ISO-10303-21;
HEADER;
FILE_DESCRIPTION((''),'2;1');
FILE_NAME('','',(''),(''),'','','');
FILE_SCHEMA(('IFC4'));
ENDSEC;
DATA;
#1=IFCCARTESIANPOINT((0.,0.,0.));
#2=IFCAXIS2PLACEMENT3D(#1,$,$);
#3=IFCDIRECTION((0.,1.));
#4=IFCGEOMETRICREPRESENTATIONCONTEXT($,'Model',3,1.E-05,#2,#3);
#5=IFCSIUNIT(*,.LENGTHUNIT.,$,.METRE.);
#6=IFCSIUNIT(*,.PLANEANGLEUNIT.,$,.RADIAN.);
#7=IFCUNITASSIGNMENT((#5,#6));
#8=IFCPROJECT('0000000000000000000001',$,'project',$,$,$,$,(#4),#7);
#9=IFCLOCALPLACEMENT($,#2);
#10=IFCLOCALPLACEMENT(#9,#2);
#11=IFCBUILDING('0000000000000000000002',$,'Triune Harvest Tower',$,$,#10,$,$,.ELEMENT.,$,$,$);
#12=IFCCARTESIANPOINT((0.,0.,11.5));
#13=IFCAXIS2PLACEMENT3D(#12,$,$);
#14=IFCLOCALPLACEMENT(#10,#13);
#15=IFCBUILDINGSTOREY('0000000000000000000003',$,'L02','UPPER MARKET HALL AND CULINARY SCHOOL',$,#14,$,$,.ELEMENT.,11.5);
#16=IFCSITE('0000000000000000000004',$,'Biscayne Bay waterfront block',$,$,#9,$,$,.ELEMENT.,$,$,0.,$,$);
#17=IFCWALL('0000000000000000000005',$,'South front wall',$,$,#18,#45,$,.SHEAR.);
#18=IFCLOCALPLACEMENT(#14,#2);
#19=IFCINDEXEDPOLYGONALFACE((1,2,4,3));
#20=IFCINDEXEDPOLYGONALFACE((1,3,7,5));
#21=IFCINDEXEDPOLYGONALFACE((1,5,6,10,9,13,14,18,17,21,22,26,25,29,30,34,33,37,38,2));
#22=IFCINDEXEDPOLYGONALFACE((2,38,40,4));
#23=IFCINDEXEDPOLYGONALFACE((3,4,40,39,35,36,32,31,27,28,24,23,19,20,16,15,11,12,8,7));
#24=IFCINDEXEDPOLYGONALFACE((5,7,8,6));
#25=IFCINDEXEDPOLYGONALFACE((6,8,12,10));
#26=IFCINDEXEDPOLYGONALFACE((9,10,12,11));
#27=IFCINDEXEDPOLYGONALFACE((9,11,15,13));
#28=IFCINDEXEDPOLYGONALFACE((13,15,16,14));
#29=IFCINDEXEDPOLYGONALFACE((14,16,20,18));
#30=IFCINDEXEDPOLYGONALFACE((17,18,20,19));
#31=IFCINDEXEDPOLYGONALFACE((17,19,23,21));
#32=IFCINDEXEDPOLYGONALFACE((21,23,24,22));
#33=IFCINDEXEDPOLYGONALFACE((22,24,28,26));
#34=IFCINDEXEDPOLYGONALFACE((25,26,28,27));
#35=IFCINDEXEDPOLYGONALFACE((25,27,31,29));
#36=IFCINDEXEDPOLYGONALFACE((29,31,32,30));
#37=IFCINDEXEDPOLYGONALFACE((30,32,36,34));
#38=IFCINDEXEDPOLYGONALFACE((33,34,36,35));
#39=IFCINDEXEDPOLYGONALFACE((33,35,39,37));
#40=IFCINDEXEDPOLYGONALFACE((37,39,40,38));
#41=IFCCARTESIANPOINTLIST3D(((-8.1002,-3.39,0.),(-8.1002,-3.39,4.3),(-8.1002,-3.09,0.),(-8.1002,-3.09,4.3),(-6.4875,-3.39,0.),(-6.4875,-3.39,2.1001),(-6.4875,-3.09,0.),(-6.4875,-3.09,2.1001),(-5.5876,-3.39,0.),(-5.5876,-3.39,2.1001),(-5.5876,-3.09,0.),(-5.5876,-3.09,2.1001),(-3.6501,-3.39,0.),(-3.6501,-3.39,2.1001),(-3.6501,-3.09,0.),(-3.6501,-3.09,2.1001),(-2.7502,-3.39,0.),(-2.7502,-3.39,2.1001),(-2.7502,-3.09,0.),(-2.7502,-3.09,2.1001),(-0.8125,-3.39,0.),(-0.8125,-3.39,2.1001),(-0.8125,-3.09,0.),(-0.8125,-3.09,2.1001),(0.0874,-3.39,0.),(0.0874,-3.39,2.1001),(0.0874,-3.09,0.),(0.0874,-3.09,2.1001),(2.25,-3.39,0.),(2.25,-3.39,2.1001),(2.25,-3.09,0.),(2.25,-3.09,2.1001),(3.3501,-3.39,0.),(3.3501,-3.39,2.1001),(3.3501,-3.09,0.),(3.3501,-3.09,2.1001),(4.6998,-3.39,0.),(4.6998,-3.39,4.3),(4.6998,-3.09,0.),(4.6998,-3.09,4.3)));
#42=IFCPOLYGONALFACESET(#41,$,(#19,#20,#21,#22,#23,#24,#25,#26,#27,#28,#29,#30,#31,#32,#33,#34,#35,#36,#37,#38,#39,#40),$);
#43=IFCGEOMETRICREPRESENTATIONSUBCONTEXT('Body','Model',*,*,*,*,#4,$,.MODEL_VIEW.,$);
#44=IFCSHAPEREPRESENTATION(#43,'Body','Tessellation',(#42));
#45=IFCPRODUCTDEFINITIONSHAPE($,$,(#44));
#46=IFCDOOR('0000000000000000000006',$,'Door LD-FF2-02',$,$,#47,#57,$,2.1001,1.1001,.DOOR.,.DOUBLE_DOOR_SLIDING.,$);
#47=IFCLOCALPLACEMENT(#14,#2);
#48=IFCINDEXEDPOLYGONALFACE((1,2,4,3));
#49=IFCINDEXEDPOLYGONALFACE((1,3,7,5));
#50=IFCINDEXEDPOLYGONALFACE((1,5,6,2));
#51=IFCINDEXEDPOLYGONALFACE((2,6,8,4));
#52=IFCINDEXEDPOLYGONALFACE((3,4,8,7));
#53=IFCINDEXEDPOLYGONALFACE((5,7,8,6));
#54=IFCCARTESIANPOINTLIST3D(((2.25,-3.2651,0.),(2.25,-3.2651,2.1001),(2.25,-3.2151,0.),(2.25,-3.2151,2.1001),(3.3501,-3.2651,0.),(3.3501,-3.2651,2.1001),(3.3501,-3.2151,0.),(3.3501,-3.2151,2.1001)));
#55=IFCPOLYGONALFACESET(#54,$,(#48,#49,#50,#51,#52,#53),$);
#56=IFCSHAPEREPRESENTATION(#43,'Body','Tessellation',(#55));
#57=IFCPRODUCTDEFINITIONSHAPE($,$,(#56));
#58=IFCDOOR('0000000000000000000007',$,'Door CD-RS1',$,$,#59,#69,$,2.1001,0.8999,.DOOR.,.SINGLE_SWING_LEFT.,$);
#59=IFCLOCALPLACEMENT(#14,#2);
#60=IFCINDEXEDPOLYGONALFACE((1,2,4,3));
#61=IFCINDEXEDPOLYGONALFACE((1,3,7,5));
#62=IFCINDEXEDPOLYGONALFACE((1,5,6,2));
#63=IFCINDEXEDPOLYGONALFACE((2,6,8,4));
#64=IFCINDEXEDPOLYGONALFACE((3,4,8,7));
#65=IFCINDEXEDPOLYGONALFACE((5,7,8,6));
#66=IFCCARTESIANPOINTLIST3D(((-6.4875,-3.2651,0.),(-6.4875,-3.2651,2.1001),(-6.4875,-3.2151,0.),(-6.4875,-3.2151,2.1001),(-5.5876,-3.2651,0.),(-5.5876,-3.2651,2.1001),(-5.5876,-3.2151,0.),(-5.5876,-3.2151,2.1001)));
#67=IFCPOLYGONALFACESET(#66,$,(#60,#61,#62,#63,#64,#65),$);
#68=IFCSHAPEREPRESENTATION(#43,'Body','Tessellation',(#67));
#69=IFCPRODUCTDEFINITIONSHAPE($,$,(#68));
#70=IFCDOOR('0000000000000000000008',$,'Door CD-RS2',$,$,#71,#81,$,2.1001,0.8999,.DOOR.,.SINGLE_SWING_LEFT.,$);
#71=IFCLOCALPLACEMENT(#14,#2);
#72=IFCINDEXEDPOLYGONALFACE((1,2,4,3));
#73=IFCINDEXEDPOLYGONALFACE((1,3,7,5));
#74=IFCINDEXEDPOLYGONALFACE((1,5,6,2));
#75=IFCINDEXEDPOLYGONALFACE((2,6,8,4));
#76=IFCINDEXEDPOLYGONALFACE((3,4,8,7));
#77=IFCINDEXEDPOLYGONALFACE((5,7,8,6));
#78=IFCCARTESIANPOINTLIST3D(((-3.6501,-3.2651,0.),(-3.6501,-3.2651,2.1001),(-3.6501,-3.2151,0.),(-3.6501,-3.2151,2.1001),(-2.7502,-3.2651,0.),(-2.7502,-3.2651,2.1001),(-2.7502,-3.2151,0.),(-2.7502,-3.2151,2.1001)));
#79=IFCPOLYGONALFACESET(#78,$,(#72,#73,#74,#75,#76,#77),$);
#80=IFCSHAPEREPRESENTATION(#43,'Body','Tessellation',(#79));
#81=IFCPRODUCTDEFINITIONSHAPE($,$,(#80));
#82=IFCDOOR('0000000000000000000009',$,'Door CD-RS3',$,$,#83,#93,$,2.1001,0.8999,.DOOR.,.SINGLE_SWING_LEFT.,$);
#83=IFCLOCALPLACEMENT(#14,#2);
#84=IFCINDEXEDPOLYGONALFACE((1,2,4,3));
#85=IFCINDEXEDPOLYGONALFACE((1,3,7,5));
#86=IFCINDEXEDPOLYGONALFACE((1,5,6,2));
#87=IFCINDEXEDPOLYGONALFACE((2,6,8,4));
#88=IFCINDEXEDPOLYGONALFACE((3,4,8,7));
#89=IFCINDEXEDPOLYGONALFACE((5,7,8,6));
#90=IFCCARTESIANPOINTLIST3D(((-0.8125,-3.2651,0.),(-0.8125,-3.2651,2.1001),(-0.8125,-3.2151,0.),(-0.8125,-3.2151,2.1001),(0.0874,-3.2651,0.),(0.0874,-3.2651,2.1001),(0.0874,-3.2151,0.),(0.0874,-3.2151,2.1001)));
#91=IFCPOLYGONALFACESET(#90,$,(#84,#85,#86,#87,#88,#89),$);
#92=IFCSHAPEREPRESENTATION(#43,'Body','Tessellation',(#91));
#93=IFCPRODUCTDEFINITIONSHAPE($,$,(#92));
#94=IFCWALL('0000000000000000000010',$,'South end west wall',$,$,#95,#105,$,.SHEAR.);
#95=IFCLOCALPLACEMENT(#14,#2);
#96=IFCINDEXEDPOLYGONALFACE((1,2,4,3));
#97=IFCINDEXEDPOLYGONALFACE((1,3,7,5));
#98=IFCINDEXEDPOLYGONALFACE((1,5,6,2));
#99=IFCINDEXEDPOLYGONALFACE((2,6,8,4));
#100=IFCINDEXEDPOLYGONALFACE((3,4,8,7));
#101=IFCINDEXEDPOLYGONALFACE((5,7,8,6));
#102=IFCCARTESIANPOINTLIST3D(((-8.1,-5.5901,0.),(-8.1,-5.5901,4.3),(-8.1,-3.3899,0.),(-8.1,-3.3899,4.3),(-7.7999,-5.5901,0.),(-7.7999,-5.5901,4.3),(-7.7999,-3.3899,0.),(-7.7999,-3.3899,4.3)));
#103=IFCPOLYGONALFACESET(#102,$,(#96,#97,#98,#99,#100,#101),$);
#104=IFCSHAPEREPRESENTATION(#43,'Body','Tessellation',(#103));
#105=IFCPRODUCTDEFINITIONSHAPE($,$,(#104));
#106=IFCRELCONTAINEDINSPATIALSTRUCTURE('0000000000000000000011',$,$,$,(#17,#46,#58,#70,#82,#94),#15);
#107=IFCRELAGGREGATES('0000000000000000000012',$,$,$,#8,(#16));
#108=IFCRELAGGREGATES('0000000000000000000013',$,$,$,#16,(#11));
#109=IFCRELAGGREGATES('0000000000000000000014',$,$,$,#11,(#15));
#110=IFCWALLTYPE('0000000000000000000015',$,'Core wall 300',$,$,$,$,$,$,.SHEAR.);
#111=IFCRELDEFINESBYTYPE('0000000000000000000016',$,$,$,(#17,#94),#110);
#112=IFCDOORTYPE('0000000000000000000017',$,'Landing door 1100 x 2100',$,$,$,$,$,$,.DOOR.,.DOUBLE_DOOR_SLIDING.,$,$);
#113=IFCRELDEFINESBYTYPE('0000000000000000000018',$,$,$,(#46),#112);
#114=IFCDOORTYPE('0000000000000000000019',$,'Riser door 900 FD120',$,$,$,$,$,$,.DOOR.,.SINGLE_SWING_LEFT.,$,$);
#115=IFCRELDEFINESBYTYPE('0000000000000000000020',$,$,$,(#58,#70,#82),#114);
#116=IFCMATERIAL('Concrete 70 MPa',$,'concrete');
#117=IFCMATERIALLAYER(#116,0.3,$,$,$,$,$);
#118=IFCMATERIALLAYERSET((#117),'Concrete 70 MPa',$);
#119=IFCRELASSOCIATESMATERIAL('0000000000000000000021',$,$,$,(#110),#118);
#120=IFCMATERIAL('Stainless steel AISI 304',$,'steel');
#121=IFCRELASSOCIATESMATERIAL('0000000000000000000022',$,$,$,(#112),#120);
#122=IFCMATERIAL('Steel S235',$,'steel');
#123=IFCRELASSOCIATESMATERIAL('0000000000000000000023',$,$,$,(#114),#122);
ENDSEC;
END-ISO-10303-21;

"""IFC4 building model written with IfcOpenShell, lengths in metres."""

from ifc_helpers import new_model, si_unit, direction, frame, frame_2d, origin, place, context, subcontext, project, spatial, rectangle, extrude, source, transform, mapped, material, layer, layer_set, type_object, element, fill, save


model = new_model("IFC4")

# Units and contexts
model_context = context("Model", 3, precision=1e-05, world=origin(), true_north=direction((0.0, 1.0)))
body_context = subcontext(model_context, "Body", "Model", "MODEL_VIEW")
ifc_project = project(units=[si_unit("LENGTHUNIT", "METRE"), si_unit("PLANEANGLEUNIT", "RADIAN")], contexts=[model_context])

# Site, building, storey
site_placement = place(None, origin())
site = spatial("IfcSite", under=ifc_project, at=site_placement, Name="Biscayne Bay waterfront block", CompositionType="ELEMENT", RefElevation=0.0)
building_placement = place(site_placement, origin())
building = spatial("IfcBuilding", under=site, at=building_placement, Name="Triune Harvest Tower", CompositionType="ELEMENT")
storey_placement = place(building_placement, frame((0.0, 0.0, 11.5)))
storey = spatial("IfcBuildingStorey", under=building, at=storey_placement, Name="L02", Description="UPPER MARKET HALL AND CULINARY SCHOOL", CompositionType="ELEMENT", Elevation=11.5)

# Wall, openings, doors
ifc_material_1 = material(Name="Concrete 70 MPa", Category="concrete")
ifc_layer_1 = layer(ifc_material_1, 0.3)
ifc_layer_set_1 = layer_set([ifc_layer_1], Name="Concrete 70 MPa")
wall_type_1 = type_object("IfcWallType", Name="Core wall 300", PredefinedType="SHEAR", material=ifc_layer_set_1)
shared_shape_1 = source(origin(), body_context, "Body", "SweptSolid", [
    extrude(rectangle(XDim=12.8, YDim=0.3, at=frame_2d((6.3999, 0.0))), origin(), (0.0, 0.0, 1.0), 4.3),
])
wall_1_placement = place(storey_placement, frame((-8.1001, -3.24, 0.0), z_axis=(0.0, 0.0, 1.0), x_axis=(1.0, 0.0, 0.0)))
wall_1 = element("IfcWall", 1, at=wall_1_placement, inside=storey, type_object=wall_type_1, Name="South front wall", PredefinedType="SHEAR", context=body_context, shape_type="MappedRepresentation", body=[
    mapped(shared_shape_1, transform((0.0, 0.0, 0.0), scale=1.0)),
])
opening_1_placement = place(wall_1_placement, frame((1.6125, 0.0, 0.0)))
opening_1 = element("IfcOpeningElement", 2, at=opening_1_placement, cuts=wall_1, PredefinedType="OPENING", context=body_context, shape_type="SweptSolid", body=[
    extrude(rectangle(XDim=0.8999, YDim=2.1001, at=frame_2d((0.45, 1.05))), frame((0.0, 0.1602, 0.0), z_axis=(0.0, -1.0, 0.0), x_axis=(1.0, 0.0, 0.0)), (0.0, 0.0, 1.0), 0.3201),
])
opening_2_placement = place(wall_1_placement, frame((4.45, 0.0, 0.0)))
opening_2 = element("IfcOpeningElement", 3, at=opening_2_placement, cuts=wall_1, PredefinedType="OPENING", context=body_context, shape_type="SweptSolid", body=[
    extrude(rectangle(XDim=0.8999, YDim=2.1001, at=frame_2d((0.45, 1.05))), frame((0.0, 0.1602, 0.0), z_axis=(0.0, -1.0, 0.0), x_axis=(1.0, 0.0, 0.0)), (0.0, 0.0, 1.0), 0.3201),
])
opening_3_placement = place(wall_1_placement, frame((7.2876, 0.0, 0.0)))
opening_3 = element("IfcOpeningElement", 4, at=opening_3_placement, cuts=wall_1, PredefinedType="OPENING", context=body_context, shape_type="SweptSolid", body=[
    extrude(rectangle(XDim=0.8999, YDim=2.1001, at=frame_2d((0.45, 1.05))), frame((0.0, 0.1602, 0.0), z_axis=(0.0, -1.0, 0.0), x_axis=(1.0, 0.0, 0.0)), (0.0, 0.0, 1.0), 0.3201),
])
opening_4_placement = place(wall_1_placement, frame((10.3501, 0.0, 0.0)))
opening_4 = element("IfcOpeningElement", 5, at=opening_4_placement, cuts=wall_1, PredefinedType="OPENING", context=body_context, shape_type="SweptSolid", body=[
    extrude(rectangle(XDim=1.1001, YDim=2.1001, at=frame_2d((0.55, 1.05))), frame((0.0, 0.1602, 0.0), z_axis=(0.0, -1.0, 0.0), x_axis=(1.0, 0.0, 0.0)), (0.0, 0.0, 1.0), 0.3201),
])
ifc_material_2 = material(Name="Stainless steel AISI 304", Category="steel")
door_type_1 = type_object("IfcDoorType", Name="Landing door 1100 x 2100", OperationType="DOUBLE_DOOR_SLIDING", PredefinedType="DOOR", material=ifc_material_2)
door_1_placement = place(opening_4_placement, origin())
door_1 = element("IfcDoor", 6, at=door_1_placement, inside=storey, type_object=door_type_1, Name="Door LD-FF2-02", OperationType="DOUBLE_DOOR_SLIDING", OverallHeight=2.1001, OverallWidth=1.1001, PredefinedType="DOOR", context=body_context, shape_type="SweptSolid", body=[
    extrude(rectangle(XDim=1.1001, YDim=2.1001, at=frame_2d((0.55, 1.05))), frame((0.0, 0.0249, 0.0), z_axis=(0.0, -1.0, 0.0), x_axis=(1.0, 0.0, 0.0)), (0.0, 0.0, 1.0), 0.05),
])
fill(opening_4, door_1)
ifc_material_3 = material(Name="Steel S235", Category="steel")
door_type_2 = type_object("IfcDoorType", Name="Riser door 900 FD120", OperationType="SINGLE_SWING_LEFT", PredefinedType="DOOR", material=ifc_material_3)
door_2_placement = place(opening_1_placement, origin())
door_2 = element("IfcDoor", 7, at=door_2_placement, inside=storey, type_object=door_type_2, Name="Door CD-RS1", OperationType="SINGLE_SWING_LEFT", OverallHeight=2.1001, OverallWidth=0.8999, PredefinedType="DOOR", context=body_context, shape_type="SweptSolid", body=[
    extrude(rectangle(XDim=0.8999, YDim=2.1001, at=frame_2d((0.45, 1.05))), frame((0.0, 0.0249, 0.0), z_axis=(0.0, -1.0, 0.0), x_axis=(1.0, 0.0, 0.0)), (0.0, 0.0, 1.0), 0.05),
])
fill(opening_1, door_2)
door_3_placement = place(opening_2_placement, origin())
door_3 = element("IfcDoor", 8, at=door_3_placement, inside=storey, type_object=door_type_2, Name="Door CD-RS2", OperationType="SINGLE_SWING_LEFT", OverallHeight=2.1001, OverallWidth=0.8999, PredefinedType="DOOR", context=body_context, shape_type="SweptSolid", body=[
    extrude(rectangle(XDim=0.8999, YDim=2.1001, at=frame_2d((0.45, 1.05))), frame((0.0, 0.0249, 0.0), z_axis=(0.0, -1.0, 0.0), x_axis=(1.0, 0.0, 0.0)), (0.0, 0.0, 1.0), 0.05),
])
fill(opening_2, door_3)
door_4_placement = place(opening_3_placement, origin())
door_4 = element("IfcDoor", 9, at=door_4_placement, inside=storey, type_object=door_type_2, Name="Door CD-RS3", OperationType="SINGLE_SWING_LEFT", OverallHeight=2.1001, OverallWidth=0.8999, PredefinedType="DOOR", context=body_context, shape_type="SweptSolid", body=[
    extrude(rectangle(XDim=0.8999, YDim=2.1001, at=frame_2d((0.45, 1.05))), frame((0.0, 0.0249, 0.0), z_axis=(0.0, -1.0, 0.0), x_axis=(1.0, 0.0, 0.0)), (0.0, 0.0, 1.0), 0.05),
])
fill(opening_3, door_4)

# Wall
shared_shape_2 = source(origin(), body_context, "Body", "SweptSolid", [
    extrude(rectangle(XDim=2.2002, YDim=0.3, at=frame_2d((1.1001, 0.0))), origin(), (0.0, 0.0, 1.0), 4.3),
])
wall_2_placement = place(storey_placement, frame((-7.95, -5.5901, 0.0), z_axis=(0.0, 0.0, 1.0), x_axis=(0.0, 1.0, 0.0)))
element("IfcWall", 10, at=wall_2_placement, inside=storey, type_object=wall_type_1, Name="South end west wall", PredefinedType="SHEAR", context=body_context, shape_type="MappedRepresentation", body=[
    mapped(shared_shape_2, transform((0.0, 0.0, 0.0), scale=1.0)),
])

save(model, "model.ifc")
